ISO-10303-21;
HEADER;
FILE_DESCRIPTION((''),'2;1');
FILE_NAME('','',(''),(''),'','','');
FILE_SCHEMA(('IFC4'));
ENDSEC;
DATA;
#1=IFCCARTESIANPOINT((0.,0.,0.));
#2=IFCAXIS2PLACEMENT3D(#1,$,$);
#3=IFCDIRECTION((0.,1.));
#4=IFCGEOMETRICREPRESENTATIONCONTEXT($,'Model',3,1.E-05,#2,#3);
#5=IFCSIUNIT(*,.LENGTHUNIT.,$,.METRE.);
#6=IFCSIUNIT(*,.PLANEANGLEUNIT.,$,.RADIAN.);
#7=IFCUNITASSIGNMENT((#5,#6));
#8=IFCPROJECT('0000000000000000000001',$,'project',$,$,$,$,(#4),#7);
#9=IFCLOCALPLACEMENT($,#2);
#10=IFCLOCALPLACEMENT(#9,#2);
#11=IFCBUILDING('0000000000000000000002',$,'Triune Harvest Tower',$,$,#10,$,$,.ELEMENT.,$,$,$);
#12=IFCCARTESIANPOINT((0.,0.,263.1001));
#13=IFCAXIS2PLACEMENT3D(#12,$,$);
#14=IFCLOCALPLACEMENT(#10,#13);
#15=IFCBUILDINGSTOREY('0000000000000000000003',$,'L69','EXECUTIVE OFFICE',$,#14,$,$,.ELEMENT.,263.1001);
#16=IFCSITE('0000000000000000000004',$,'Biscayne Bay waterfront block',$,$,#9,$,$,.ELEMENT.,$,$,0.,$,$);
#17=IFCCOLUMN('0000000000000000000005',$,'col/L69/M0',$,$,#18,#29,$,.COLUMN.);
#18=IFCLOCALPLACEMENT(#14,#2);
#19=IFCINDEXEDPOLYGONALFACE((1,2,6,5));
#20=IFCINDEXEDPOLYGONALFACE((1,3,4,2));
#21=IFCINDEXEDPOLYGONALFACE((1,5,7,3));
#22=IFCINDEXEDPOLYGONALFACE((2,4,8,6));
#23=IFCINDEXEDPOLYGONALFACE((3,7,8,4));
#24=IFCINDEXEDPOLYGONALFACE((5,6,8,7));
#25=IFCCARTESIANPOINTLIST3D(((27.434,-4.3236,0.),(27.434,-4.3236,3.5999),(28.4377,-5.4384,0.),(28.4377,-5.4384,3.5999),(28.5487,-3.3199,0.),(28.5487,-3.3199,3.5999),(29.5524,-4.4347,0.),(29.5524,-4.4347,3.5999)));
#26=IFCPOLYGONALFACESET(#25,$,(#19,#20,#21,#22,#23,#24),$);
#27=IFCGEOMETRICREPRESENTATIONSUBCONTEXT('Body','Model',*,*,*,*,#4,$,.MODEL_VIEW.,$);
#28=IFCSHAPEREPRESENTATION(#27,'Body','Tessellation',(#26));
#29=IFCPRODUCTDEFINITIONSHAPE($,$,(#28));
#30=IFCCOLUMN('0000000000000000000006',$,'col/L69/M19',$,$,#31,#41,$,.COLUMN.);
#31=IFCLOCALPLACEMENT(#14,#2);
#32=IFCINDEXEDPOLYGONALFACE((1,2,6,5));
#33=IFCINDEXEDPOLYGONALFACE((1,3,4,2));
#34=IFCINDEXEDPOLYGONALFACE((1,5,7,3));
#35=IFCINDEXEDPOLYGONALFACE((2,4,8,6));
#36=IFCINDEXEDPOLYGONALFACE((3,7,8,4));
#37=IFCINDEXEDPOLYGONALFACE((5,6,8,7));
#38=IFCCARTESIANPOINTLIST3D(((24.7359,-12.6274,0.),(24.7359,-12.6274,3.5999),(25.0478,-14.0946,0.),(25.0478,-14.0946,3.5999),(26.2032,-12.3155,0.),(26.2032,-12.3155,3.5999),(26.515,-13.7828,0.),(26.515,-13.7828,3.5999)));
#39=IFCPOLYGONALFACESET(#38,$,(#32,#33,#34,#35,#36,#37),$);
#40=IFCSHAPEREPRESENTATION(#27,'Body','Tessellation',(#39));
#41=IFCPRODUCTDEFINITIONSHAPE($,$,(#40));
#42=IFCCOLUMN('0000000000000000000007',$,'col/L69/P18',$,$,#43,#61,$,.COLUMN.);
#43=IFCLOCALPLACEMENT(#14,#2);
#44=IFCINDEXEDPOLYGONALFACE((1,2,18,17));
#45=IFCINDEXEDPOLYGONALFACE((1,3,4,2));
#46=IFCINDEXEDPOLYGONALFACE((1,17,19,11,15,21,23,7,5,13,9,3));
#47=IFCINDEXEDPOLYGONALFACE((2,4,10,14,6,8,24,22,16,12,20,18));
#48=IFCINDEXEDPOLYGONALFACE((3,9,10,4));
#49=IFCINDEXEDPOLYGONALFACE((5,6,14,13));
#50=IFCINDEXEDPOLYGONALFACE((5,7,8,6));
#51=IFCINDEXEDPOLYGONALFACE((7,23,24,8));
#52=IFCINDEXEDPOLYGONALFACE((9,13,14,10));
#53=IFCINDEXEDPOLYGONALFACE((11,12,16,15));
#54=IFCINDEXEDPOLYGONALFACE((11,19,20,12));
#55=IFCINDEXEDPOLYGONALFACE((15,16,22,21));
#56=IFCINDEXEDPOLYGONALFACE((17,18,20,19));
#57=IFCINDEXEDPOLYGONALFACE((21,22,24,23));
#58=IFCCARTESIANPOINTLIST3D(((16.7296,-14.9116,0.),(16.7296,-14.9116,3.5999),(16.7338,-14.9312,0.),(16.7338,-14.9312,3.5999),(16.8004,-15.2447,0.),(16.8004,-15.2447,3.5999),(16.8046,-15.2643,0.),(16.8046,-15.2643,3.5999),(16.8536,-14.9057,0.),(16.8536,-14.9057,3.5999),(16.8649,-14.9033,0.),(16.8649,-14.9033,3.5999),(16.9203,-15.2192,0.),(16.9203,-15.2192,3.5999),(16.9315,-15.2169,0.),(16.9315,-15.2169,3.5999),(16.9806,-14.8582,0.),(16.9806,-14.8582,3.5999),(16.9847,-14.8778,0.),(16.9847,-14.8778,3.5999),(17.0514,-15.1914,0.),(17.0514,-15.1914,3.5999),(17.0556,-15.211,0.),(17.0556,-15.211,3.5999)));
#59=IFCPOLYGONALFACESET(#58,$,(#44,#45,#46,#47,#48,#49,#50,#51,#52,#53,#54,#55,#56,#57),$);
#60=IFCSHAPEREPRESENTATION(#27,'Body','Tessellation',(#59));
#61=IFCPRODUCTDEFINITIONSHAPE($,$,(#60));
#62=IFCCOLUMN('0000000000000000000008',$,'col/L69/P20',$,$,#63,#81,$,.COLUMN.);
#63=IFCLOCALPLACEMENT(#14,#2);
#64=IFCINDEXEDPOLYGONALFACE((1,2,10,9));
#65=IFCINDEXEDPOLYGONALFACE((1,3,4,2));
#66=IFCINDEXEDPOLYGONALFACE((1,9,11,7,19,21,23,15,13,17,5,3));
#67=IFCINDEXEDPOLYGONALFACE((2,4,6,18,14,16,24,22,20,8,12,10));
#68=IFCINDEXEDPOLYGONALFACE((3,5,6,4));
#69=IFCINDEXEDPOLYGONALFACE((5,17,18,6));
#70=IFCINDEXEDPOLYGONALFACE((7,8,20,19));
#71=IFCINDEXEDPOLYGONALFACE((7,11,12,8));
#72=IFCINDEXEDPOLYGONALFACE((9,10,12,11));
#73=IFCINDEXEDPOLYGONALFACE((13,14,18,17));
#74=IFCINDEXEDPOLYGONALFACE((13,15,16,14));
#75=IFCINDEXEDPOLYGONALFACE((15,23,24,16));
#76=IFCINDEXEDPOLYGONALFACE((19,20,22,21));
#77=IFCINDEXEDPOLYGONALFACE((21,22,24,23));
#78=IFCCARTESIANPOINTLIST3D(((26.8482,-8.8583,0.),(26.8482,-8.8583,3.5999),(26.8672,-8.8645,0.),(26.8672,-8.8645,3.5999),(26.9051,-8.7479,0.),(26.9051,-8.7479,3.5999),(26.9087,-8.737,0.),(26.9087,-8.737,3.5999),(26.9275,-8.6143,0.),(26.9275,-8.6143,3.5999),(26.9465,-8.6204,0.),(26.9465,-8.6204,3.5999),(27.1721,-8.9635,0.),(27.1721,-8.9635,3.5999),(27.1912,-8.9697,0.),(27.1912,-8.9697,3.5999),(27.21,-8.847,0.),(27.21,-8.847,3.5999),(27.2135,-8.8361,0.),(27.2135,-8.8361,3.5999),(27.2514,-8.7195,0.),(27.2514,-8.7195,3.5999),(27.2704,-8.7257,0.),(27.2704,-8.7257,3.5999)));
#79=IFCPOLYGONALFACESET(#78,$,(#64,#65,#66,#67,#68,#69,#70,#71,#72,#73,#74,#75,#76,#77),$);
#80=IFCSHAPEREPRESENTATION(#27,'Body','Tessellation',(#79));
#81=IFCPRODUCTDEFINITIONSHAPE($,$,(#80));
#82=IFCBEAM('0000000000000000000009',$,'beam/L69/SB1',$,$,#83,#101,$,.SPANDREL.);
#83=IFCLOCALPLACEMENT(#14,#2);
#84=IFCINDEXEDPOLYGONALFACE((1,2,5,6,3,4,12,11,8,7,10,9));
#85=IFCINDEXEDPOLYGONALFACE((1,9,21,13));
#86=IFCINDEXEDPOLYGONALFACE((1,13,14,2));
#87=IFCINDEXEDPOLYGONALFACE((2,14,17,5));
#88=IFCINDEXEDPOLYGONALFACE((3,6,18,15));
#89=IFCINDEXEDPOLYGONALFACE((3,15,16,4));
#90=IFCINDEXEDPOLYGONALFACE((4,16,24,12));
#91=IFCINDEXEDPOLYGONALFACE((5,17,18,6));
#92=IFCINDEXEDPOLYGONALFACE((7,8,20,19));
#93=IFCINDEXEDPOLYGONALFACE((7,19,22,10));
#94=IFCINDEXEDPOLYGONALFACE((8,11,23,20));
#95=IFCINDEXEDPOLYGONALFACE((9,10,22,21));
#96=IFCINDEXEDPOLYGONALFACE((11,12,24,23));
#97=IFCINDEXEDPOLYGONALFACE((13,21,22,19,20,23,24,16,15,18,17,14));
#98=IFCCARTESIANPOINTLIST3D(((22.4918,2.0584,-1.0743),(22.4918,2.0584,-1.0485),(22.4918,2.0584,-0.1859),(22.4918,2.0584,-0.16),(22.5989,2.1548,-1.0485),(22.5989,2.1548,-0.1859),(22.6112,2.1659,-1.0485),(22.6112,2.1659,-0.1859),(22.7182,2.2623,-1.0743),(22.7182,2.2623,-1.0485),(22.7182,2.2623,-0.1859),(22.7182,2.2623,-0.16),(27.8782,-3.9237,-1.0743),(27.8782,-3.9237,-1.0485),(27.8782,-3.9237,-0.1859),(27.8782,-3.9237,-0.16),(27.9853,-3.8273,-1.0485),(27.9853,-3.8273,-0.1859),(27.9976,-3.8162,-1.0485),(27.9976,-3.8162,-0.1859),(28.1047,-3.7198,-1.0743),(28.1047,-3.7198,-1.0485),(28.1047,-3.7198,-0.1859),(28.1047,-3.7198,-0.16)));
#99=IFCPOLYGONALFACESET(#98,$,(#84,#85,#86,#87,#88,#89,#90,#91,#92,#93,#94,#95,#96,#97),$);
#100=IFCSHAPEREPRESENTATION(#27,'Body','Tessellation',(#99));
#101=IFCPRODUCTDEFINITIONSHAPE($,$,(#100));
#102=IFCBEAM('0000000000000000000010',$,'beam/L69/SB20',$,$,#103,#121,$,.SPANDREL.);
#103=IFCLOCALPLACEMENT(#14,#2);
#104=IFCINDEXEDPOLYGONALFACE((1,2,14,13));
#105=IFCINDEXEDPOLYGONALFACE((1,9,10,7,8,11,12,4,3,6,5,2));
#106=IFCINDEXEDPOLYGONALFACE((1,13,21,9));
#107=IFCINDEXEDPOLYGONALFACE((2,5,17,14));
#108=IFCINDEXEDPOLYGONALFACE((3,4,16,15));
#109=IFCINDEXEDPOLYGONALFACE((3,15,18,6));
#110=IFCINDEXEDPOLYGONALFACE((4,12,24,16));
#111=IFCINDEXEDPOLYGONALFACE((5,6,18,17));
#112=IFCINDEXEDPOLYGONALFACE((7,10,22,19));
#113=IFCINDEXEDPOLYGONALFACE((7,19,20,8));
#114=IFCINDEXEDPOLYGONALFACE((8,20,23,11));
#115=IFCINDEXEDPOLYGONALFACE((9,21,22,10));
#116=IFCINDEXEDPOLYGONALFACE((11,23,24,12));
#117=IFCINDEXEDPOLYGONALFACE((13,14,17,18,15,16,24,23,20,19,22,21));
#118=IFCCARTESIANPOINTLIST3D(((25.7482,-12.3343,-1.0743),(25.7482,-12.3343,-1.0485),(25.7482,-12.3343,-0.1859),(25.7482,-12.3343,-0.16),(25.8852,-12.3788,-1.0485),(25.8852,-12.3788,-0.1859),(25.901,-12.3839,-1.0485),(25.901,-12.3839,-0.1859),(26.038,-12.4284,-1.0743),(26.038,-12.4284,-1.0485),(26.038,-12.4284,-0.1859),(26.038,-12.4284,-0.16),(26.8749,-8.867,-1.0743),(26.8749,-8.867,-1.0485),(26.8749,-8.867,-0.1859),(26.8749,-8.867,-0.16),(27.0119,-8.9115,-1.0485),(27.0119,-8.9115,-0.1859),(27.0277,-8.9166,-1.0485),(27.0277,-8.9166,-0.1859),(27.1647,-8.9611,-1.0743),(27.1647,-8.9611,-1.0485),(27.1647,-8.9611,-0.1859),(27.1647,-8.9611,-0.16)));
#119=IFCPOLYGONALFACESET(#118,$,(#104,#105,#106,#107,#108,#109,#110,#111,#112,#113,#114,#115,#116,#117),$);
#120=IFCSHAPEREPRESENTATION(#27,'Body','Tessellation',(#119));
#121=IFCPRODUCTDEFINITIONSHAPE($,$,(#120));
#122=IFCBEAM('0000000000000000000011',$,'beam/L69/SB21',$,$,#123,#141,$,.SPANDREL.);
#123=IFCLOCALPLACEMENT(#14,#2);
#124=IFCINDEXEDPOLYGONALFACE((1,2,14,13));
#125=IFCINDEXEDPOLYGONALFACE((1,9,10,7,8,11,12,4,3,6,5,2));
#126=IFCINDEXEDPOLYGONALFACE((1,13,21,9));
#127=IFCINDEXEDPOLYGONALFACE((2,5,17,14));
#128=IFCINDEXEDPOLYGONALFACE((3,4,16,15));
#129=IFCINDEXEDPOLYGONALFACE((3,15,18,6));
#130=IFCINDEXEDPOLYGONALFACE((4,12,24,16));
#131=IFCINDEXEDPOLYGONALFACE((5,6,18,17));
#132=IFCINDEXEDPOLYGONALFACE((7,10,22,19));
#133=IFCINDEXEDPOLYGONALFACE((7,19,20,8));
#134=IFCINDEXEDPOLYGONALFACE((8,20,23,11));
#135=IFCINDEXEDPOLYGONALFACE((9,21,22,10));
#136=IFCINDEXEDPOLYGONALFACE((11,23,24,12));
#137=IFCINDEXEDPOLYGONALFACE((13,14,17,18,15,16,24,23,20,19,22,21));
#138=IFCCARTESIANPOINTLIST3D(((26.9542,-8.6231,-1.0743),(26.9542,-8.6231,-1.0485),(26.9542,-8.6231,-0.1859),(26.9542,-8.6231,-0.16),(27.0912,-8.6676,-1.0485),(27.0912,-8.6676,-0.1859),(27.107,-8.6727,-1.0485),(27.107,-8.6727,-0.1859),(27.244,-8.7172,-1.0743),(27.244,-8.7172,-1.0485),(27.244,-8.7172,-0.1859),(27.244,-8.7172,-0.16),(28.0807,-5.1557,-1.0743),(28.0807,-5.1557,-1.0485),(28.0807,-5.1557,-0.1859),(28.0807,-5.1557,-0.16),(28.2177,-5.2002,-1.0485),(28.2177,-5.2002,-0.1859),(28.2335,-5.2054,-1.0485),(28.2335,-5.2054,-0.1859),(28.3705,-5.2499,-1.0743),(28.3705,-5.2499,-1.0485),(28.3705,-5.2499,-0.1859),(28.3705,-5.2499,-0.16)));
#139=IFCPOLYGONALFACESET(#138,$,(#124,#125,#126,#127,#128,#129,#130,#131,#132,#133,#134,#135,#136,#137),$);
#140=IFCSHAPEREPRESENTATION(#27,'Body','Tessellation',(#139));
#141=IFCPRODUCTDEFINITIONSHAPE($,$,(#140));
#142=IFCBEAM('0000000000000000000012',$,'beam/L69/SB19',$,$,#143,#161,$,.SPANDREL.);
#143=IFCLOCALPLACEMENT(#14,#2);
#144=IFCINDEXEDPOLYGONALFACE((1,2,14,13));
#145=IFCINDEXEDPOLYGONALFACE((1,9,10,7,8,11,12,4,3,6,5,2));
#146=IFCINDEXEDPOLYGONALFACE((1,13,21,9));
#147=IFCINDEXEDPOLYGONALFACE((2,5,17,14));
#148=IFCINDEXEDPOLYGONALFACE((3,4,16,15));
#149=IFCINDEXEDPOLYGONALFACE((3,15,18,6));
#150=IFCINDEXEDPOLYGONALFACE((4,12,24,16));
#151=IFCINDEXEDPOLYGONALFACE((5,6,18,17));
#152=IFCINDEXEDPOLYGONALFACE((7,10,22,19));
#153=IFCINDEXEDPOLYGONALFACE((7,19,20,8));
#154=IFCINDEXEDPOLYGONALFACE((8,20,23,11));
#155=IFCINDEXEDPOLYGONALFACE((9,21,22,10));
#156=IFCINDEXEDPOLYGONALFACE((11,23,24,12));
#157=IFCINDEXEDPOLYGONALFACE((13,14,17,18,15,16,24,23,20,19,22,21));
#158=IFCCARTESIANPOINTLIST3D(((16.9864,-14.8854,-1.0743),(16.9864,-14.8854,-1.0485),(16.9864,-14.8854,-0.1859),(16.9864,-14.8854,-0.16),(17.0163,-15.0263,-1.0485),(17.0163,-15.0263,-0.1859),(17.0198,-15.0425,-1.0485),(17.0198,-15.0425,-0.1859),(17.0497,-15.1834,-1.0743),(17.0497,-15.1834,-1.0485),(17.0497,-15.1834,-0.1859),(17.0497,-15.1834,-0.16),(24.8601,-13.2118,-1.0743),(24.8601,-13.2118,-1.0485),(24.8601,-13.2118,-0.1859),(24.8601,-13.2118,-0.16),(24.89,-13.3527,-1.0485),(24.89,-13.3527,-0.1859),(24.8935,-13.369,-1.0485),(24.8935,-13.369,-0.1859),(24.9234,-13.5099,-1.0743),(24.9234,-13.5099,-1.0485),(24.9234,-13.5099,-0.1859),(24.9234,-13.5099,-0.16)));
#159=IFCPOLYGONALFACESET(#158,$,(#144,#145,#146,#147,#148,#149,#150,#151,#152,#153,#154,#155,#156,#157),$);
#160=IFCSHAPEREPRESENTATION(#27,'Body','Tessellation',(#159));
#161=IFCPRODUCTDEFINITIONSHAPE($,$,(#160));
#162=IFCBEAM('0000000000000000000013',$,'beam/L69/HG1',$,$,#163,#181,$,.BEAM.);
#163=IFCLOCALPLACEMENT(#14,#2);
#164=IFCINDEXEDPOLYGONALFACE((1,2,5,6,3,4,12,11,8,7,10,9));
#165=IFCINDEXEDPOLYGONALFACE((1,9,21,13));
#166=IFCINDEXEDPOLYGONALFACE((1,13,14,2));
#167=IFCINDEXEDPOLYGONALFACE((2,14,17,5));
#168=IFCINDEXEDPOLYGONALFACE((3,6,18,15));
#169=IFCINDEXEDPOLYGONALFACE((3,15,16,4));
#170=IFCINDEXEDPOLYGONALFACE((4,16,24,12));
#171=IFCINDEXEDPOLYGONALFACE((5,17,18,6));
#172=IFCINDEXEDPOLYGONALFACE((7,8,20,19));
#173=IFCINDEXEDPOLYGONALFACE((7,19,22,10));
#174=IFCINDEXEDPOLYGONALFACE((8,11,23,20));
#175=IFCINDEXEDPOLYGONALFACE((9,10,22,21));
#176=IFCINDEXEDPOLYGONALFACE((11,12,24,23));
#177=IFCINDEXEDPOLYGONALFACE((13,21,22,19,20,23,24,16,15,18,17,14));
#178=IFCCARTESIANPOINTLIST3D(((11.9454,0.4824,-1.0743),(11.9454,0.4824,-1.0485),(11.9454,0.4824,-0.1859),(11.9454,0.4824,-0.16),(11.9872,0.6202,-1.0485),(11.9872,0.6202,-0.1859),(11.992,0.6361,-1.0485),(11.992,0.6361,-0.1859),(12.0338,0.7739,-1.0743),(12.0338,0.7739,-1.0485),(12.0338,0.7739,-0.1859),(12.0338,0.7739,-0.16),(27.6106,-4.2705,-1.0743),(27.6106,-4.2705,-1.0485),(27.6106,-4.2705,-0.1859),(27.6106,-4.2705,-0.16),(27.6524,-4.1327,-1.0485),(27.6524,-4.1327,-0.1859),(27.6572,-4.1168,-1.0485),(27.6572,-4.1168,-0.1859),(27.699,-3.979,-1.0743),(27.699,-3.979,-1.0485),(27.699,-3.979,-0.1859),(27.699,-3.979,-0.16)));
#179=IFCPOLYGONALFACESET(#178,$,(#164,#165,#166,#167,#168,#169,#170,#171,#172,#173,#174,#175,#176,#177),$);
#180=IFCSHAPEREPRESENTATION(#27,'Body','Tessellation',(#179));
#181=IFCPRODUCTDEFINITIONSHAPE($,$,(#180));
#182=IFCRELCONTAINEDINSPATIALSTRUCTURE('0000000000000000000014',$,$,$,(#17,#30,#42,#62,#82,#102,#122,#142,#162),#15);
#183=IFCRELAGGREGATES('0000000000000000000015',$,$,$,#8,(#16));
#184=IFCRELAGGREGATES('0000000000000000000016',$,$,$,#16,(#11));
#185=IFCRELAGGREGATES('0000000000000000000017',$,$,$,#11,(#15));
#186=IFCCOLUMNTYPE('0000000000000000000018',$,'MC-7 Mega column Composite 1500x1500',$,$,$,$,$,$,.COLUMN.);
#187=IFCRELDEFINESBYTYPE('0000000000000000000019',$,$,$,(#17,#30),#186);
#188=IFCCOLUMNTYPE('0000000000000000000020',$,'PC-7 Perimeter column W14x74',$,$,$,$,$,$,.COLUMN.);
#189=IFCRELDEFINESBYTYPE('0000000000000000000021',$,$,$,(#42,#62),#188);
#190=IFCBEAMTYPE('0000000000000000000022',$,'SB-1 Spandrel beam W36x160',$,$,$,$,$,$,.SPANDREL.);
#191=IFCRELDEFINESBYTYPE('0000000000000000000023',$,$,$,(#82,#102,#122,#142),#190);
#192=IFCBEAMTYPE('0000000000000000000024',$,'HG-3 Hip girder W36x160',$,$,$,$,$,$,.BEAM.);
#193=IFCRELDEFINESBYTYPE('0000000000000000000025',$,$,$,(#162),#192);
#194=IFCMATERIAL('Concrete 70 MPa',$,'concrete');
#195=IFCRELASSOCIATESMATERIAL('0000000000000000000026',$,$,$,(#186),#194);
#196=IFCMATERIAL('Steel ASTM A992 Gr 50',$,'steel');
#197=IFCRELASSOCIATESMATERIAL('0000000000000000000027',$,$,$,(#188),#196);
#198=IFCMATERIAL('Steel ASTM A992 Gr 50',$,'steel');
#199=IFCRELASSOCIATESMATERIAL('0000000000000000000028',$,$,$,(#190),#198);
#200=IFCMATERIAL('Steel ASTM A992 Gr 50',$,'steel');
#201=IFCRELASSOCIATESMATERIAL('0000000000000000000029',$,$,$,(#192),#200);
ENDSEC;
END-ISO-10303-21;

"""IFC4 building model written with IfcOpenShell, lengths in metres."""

from ifc_helpers import new_model, si_unit, direction, frame, origin, origin_2d, place, context, subcontext, project, spatial, rectangle, i_section, extrude, source, transform, mapped, material, material_profile, profile_set, type_object, element, save


model = new_model("IFC4")

# Units and contexts
model_context = context("Model", 3, precision=1e-05, world=origin(), true_north=direction((0.0, 1.0)))
body_context = subcontext(model_context, "Body", "Model", "MODEL_VIEW")
ifc_project = project(units=[si_unit("LENGTHUNIT", "METRE"), si_unit("PLANEANGLEUNIT", "RADIAN")], contexts=[model_context])

# Site, building, storey
site_placement = place(None, origin())
site = spatial("IfcSite", under=ifc_project, at=site_placement, Name="Biscayne Bay waterfront block", CompositionType="ELEMENT", RefElevation=0.0)
building_placement = place(site_placement, origin())
building = spatial("IfcBuilding", under=site, at=building_placement, Name="Triune Harvest Tower", CompositionType="ELEMENT")
storey_placement = place(building_placement, frame((0.0, 0.0, 263.1001)))
storey = spatial("IfcBuildingStorey", under=building, at=storey_placement, Name="L69", Description="EXECUTIVE OFFICE", CompositionType="ELEMENT", Elevation=263.1001)

# Columns
ifc_material_1 = material(Name="Concrete 70 MPa", Category="concrete")
ifc_material_profile_1 = material_profile(ifc_material_1, rectangle(XDim=1.5, YDim=1.5, at=origin_2d()), Name="Composite 1500x1500")
ifc_profile_set_1 = profile_set([ifc_material_profile_1], Name="Concrete 70 MPa")
column_type_1 = type_object("IfcColumnType", Name="MC-7 Mega column Composite 1500x1500", PredefinedType="COLUMN", material=ifc_profile_set_1)
shared_shape_1 = source(origin(), body_context, "Body", "SweptSolid", [
    extrude(rectangle(XDim=1.5, YDim=1.5, at=origin_2d()), origin(), (0.0, 0.0, 1.0), 3.5999),
])
for number, where, z_axis, x_axis, name in (
    (1, (28.4932, -4.3792, 0.0), (0.0, 0.0, 1.0), (-0.669131, 0.743145, 0.0), "col/L69/M0"),
    (2, (25.6255, -13.2051, 0.0), (0.0, 0.0, 1.0), (0.978147, 0.207913, 0.0), "col/L69/M19"),
):
    element("IfcColumn", number, at=place(storey_placement, frame(where, z_axis=z_axis, x_axis=x_axis)), inside=storey, type_object=column_type_1, Name=name, PredefinedType="COLUMN", context=body_context, shape_type="MappedRepresentation", body=[
        mapped(shared_shape_1, transform((0.0, 0.0, 0.0), scale=1.0)),
    ])
ifc_material_2 = material(Name="Steel ASTM A992 Gr 50", Category="steel")
ifc_material_profile_2 = material_profile(ifc_material_2, i_section(OverallWidth=0.2566, OverallDepth=0.3606, WebThickness=0.0115, FlangeThickness=0.02, at=origin_2d()), Name="W14x74")
ifc_profile_set_2 = profile_set([ifc_material_profile_2], Name="Steel ASTM A992 Gr 50")
column_type_2 = type_object("IfcColumnType", Name="PC-7 Perimeter column W14x74", PredefinedType="COLUMN", material=ifc_profile_set_2)
shared_shape_2 = source(origin(), body_context, "Body", "SweptSolid", [
    extrude(i_section(OverallWidth=0.2566, OverallDepth=0.3606, WebThickness=0.0115, FlangeThickness=0.02, at=origin_2d()), origin(), (0.0, 0.0, 1.0), 3.5999),
])
for number, where, z_axis, x_axis, name in (
    (3, (16.8926, -15.0613, 0.0), (0.0, 0.0, 1.0), (0.978147, 0.207913, 0.0), "col/L69/P18"),
    (4, (27.0593, -8.792, 0.0), (0.0, 0.0, 1.0), (0.309017, 0.951057, 0.0), "col/L69/P20"),
):
    element("IfcColumn", number, at=place(storey_placement, frame(where, z_axis=z_axis, x_axis=x_axis)), inside=storey, type_object=column_type_2, Name=name, PredefinedType="COLUMN", context=body_context, shape_type="MappedRepresentation", body=[
        mapped(shared_shape_2, transform((0.0, 0.0, 0.0), scale=1.0)),
    ])

# Beams
ifc_material_3 = material(Name="Steel ASTM A992 Gr 50", Category="steel")
ifc_material_profile_3 = material_profile(ifc_material_3, i_section(OverallWidth=0.3047, OverallDepth=0.9143, WebThickness=0.0166, FlangeThickness=0.0259, at=origin_2d()), Name="W36x160")
ifc_profile_set_3 = profile_set([ifc_material_profile_3], Name="Steel ASTM A992 Gr 50")
beam_type_1 = type_object("IfcBeamType", Name="SB-1 Spandrel beam W36x160", PredefinedType="SPANDREL", material=ifc_profile_set_3)
shared_shape_3 = source(origin(), body_context, "Body", "SweptSolid", [
    extrude(i_section(OverallWidth=0.3047, OverallDepth=0.9143, WebThickness=0.0166, FlangeThickness=0.0259, at=origin_2d()), origin(), (0.0, 0.0, 1.0), 8.0498),
])
beam_1_placement = place(storey_placement, frame((27.9915, -3.8218, -0.6172), z_axis=(-0.669137, 0.743139, 0.0), x_axis=(-0.743139, -0.669137, 0.0)))
element("IfcBeam", 5, at=beam_1_placement, inside=storey, type_object=beam_type_1, Name="beam/L69/SB1", PredefinedType="SPANDREL", context=body_context, shape_type="MappedRepresentation", body=[
    mapped(shared_shape_3, transform((0.0, 0.0, 0.0), scale=1.0)),
])
shared_shape_4 = source(origin(), body_context, "Body", "SweptSolid", [
    extrude(i_section(OverallWidth=0.3047, OverallDepth=0.9143, WebThickness=0.0166, FlangeThickness=0.0259, at=origin_2d()), origin(), (0.0, 0.0, 1.0), 3.6458),
])
for number, where, z_axis, x_axis, name in (
    (6, (25.8931, -12.3813, -0.6172), (0.309047, 0.951047, 0.0), (-0.951047, 0.309047, 0.0), "beam/L69/SB20"),
    (7, (27.0991, -8.6702, -0.6172), (0.308986, 0.951067, 0.0), (-0.951067, 0.308986, 0.0), "beam/L69/SB21"),
):
    element("IfcBeam", number, at=place(storey_placement, frame(where, z_axis=z_axis, x_axis=x_axis)), inside=storey, type_object=beam_type_1, Name=name, PredefinedType="SPANDREL", context=body_context, shape_type="MappedRepresentation", body=[
        mapped(shared_shape_4, transform((0.0, 0.0, 0.0), scale=1.0)),
    ])
shared_shape_5 = source(origin(), body_context, "Body", "SweptSolid", [
    extrude(i_section(OverallWidth=0.3047, OverallDepth=0.9143, WebThickness=0.0166, FlangeThickness=0.0259, at=origin_2d()), origin(), (0.0, 0.0, 1.0), 8.0496),
])
beam_2_placement = place(storey_placement, frame((17.0181, -15.0344, -0.6172), z_axis=(0.978149, 0.207907, 0.0), x_axis=(-0.207907, 0.978149, 0.0)))
element("IfcBeam", 8, at=beam_2_placement, inside=storey, type_object=beam_type_1, Name="beam/L69/SB19", PredefinedType="SPANDREL", context=body_context, shape_type="MappedRepresentation", body=[
    mapped(shared_shape_5, transform((0.0, 0.0, 0.0), scale=1.0)),
])
ifc_material_4 = material(Name="Steel ASTM A992 Gr 50", Category="steel")
ifc_material_profile_4 = material_profile(ifc_material_4, i_section(OverallWidth=0.3047, OverallDepth=0.9143, WebThickness=0.0166, FlangeThickness=0.0259, at=origin_2d()), Name="W36x160")
ifc_profile_set_4 = profile_set([ifc_material_profile_4], Name="Steel ASTM A992 Gr 50")
beam_type_2 = type_object("IfcBeamType", Name="HG-3 Hip girder W36x160", PredefinedType="BEAM", material=ifc_profile_set_4)
shared_shape_6 = source(origin(), body_context, "Body", "SweptSolid", [
    extrude(i_section(OverallWidth=0.3047, OverallDepth=0.9143, WebThickness=0.0166, FlangeThickness=0.0259, at=origin_2d()), origin(), (0.0, 0.0, 1.0), 16.3704),
])
beam_3_placement = place(storey_placement, frame((27.6548, -4.1248, -0.6172), z_axis=(-0.956925, 0.290336, 0.0), x_axis=(-0.290336, -0.956925, 0.0)))
element("IfcBeam", 9, at=beam_3_placement, inside=storey, type_object=beam_type_2, Name="beam/L69/HG1", PredefinedType="BEAM", context=body_context, shape_type="MappedRepresentation", body=[
    mapped(shared_shape_6, transform((0.0, 0.0, 0.0), scale=1.0)),
])

save(model, "model.ifc")
